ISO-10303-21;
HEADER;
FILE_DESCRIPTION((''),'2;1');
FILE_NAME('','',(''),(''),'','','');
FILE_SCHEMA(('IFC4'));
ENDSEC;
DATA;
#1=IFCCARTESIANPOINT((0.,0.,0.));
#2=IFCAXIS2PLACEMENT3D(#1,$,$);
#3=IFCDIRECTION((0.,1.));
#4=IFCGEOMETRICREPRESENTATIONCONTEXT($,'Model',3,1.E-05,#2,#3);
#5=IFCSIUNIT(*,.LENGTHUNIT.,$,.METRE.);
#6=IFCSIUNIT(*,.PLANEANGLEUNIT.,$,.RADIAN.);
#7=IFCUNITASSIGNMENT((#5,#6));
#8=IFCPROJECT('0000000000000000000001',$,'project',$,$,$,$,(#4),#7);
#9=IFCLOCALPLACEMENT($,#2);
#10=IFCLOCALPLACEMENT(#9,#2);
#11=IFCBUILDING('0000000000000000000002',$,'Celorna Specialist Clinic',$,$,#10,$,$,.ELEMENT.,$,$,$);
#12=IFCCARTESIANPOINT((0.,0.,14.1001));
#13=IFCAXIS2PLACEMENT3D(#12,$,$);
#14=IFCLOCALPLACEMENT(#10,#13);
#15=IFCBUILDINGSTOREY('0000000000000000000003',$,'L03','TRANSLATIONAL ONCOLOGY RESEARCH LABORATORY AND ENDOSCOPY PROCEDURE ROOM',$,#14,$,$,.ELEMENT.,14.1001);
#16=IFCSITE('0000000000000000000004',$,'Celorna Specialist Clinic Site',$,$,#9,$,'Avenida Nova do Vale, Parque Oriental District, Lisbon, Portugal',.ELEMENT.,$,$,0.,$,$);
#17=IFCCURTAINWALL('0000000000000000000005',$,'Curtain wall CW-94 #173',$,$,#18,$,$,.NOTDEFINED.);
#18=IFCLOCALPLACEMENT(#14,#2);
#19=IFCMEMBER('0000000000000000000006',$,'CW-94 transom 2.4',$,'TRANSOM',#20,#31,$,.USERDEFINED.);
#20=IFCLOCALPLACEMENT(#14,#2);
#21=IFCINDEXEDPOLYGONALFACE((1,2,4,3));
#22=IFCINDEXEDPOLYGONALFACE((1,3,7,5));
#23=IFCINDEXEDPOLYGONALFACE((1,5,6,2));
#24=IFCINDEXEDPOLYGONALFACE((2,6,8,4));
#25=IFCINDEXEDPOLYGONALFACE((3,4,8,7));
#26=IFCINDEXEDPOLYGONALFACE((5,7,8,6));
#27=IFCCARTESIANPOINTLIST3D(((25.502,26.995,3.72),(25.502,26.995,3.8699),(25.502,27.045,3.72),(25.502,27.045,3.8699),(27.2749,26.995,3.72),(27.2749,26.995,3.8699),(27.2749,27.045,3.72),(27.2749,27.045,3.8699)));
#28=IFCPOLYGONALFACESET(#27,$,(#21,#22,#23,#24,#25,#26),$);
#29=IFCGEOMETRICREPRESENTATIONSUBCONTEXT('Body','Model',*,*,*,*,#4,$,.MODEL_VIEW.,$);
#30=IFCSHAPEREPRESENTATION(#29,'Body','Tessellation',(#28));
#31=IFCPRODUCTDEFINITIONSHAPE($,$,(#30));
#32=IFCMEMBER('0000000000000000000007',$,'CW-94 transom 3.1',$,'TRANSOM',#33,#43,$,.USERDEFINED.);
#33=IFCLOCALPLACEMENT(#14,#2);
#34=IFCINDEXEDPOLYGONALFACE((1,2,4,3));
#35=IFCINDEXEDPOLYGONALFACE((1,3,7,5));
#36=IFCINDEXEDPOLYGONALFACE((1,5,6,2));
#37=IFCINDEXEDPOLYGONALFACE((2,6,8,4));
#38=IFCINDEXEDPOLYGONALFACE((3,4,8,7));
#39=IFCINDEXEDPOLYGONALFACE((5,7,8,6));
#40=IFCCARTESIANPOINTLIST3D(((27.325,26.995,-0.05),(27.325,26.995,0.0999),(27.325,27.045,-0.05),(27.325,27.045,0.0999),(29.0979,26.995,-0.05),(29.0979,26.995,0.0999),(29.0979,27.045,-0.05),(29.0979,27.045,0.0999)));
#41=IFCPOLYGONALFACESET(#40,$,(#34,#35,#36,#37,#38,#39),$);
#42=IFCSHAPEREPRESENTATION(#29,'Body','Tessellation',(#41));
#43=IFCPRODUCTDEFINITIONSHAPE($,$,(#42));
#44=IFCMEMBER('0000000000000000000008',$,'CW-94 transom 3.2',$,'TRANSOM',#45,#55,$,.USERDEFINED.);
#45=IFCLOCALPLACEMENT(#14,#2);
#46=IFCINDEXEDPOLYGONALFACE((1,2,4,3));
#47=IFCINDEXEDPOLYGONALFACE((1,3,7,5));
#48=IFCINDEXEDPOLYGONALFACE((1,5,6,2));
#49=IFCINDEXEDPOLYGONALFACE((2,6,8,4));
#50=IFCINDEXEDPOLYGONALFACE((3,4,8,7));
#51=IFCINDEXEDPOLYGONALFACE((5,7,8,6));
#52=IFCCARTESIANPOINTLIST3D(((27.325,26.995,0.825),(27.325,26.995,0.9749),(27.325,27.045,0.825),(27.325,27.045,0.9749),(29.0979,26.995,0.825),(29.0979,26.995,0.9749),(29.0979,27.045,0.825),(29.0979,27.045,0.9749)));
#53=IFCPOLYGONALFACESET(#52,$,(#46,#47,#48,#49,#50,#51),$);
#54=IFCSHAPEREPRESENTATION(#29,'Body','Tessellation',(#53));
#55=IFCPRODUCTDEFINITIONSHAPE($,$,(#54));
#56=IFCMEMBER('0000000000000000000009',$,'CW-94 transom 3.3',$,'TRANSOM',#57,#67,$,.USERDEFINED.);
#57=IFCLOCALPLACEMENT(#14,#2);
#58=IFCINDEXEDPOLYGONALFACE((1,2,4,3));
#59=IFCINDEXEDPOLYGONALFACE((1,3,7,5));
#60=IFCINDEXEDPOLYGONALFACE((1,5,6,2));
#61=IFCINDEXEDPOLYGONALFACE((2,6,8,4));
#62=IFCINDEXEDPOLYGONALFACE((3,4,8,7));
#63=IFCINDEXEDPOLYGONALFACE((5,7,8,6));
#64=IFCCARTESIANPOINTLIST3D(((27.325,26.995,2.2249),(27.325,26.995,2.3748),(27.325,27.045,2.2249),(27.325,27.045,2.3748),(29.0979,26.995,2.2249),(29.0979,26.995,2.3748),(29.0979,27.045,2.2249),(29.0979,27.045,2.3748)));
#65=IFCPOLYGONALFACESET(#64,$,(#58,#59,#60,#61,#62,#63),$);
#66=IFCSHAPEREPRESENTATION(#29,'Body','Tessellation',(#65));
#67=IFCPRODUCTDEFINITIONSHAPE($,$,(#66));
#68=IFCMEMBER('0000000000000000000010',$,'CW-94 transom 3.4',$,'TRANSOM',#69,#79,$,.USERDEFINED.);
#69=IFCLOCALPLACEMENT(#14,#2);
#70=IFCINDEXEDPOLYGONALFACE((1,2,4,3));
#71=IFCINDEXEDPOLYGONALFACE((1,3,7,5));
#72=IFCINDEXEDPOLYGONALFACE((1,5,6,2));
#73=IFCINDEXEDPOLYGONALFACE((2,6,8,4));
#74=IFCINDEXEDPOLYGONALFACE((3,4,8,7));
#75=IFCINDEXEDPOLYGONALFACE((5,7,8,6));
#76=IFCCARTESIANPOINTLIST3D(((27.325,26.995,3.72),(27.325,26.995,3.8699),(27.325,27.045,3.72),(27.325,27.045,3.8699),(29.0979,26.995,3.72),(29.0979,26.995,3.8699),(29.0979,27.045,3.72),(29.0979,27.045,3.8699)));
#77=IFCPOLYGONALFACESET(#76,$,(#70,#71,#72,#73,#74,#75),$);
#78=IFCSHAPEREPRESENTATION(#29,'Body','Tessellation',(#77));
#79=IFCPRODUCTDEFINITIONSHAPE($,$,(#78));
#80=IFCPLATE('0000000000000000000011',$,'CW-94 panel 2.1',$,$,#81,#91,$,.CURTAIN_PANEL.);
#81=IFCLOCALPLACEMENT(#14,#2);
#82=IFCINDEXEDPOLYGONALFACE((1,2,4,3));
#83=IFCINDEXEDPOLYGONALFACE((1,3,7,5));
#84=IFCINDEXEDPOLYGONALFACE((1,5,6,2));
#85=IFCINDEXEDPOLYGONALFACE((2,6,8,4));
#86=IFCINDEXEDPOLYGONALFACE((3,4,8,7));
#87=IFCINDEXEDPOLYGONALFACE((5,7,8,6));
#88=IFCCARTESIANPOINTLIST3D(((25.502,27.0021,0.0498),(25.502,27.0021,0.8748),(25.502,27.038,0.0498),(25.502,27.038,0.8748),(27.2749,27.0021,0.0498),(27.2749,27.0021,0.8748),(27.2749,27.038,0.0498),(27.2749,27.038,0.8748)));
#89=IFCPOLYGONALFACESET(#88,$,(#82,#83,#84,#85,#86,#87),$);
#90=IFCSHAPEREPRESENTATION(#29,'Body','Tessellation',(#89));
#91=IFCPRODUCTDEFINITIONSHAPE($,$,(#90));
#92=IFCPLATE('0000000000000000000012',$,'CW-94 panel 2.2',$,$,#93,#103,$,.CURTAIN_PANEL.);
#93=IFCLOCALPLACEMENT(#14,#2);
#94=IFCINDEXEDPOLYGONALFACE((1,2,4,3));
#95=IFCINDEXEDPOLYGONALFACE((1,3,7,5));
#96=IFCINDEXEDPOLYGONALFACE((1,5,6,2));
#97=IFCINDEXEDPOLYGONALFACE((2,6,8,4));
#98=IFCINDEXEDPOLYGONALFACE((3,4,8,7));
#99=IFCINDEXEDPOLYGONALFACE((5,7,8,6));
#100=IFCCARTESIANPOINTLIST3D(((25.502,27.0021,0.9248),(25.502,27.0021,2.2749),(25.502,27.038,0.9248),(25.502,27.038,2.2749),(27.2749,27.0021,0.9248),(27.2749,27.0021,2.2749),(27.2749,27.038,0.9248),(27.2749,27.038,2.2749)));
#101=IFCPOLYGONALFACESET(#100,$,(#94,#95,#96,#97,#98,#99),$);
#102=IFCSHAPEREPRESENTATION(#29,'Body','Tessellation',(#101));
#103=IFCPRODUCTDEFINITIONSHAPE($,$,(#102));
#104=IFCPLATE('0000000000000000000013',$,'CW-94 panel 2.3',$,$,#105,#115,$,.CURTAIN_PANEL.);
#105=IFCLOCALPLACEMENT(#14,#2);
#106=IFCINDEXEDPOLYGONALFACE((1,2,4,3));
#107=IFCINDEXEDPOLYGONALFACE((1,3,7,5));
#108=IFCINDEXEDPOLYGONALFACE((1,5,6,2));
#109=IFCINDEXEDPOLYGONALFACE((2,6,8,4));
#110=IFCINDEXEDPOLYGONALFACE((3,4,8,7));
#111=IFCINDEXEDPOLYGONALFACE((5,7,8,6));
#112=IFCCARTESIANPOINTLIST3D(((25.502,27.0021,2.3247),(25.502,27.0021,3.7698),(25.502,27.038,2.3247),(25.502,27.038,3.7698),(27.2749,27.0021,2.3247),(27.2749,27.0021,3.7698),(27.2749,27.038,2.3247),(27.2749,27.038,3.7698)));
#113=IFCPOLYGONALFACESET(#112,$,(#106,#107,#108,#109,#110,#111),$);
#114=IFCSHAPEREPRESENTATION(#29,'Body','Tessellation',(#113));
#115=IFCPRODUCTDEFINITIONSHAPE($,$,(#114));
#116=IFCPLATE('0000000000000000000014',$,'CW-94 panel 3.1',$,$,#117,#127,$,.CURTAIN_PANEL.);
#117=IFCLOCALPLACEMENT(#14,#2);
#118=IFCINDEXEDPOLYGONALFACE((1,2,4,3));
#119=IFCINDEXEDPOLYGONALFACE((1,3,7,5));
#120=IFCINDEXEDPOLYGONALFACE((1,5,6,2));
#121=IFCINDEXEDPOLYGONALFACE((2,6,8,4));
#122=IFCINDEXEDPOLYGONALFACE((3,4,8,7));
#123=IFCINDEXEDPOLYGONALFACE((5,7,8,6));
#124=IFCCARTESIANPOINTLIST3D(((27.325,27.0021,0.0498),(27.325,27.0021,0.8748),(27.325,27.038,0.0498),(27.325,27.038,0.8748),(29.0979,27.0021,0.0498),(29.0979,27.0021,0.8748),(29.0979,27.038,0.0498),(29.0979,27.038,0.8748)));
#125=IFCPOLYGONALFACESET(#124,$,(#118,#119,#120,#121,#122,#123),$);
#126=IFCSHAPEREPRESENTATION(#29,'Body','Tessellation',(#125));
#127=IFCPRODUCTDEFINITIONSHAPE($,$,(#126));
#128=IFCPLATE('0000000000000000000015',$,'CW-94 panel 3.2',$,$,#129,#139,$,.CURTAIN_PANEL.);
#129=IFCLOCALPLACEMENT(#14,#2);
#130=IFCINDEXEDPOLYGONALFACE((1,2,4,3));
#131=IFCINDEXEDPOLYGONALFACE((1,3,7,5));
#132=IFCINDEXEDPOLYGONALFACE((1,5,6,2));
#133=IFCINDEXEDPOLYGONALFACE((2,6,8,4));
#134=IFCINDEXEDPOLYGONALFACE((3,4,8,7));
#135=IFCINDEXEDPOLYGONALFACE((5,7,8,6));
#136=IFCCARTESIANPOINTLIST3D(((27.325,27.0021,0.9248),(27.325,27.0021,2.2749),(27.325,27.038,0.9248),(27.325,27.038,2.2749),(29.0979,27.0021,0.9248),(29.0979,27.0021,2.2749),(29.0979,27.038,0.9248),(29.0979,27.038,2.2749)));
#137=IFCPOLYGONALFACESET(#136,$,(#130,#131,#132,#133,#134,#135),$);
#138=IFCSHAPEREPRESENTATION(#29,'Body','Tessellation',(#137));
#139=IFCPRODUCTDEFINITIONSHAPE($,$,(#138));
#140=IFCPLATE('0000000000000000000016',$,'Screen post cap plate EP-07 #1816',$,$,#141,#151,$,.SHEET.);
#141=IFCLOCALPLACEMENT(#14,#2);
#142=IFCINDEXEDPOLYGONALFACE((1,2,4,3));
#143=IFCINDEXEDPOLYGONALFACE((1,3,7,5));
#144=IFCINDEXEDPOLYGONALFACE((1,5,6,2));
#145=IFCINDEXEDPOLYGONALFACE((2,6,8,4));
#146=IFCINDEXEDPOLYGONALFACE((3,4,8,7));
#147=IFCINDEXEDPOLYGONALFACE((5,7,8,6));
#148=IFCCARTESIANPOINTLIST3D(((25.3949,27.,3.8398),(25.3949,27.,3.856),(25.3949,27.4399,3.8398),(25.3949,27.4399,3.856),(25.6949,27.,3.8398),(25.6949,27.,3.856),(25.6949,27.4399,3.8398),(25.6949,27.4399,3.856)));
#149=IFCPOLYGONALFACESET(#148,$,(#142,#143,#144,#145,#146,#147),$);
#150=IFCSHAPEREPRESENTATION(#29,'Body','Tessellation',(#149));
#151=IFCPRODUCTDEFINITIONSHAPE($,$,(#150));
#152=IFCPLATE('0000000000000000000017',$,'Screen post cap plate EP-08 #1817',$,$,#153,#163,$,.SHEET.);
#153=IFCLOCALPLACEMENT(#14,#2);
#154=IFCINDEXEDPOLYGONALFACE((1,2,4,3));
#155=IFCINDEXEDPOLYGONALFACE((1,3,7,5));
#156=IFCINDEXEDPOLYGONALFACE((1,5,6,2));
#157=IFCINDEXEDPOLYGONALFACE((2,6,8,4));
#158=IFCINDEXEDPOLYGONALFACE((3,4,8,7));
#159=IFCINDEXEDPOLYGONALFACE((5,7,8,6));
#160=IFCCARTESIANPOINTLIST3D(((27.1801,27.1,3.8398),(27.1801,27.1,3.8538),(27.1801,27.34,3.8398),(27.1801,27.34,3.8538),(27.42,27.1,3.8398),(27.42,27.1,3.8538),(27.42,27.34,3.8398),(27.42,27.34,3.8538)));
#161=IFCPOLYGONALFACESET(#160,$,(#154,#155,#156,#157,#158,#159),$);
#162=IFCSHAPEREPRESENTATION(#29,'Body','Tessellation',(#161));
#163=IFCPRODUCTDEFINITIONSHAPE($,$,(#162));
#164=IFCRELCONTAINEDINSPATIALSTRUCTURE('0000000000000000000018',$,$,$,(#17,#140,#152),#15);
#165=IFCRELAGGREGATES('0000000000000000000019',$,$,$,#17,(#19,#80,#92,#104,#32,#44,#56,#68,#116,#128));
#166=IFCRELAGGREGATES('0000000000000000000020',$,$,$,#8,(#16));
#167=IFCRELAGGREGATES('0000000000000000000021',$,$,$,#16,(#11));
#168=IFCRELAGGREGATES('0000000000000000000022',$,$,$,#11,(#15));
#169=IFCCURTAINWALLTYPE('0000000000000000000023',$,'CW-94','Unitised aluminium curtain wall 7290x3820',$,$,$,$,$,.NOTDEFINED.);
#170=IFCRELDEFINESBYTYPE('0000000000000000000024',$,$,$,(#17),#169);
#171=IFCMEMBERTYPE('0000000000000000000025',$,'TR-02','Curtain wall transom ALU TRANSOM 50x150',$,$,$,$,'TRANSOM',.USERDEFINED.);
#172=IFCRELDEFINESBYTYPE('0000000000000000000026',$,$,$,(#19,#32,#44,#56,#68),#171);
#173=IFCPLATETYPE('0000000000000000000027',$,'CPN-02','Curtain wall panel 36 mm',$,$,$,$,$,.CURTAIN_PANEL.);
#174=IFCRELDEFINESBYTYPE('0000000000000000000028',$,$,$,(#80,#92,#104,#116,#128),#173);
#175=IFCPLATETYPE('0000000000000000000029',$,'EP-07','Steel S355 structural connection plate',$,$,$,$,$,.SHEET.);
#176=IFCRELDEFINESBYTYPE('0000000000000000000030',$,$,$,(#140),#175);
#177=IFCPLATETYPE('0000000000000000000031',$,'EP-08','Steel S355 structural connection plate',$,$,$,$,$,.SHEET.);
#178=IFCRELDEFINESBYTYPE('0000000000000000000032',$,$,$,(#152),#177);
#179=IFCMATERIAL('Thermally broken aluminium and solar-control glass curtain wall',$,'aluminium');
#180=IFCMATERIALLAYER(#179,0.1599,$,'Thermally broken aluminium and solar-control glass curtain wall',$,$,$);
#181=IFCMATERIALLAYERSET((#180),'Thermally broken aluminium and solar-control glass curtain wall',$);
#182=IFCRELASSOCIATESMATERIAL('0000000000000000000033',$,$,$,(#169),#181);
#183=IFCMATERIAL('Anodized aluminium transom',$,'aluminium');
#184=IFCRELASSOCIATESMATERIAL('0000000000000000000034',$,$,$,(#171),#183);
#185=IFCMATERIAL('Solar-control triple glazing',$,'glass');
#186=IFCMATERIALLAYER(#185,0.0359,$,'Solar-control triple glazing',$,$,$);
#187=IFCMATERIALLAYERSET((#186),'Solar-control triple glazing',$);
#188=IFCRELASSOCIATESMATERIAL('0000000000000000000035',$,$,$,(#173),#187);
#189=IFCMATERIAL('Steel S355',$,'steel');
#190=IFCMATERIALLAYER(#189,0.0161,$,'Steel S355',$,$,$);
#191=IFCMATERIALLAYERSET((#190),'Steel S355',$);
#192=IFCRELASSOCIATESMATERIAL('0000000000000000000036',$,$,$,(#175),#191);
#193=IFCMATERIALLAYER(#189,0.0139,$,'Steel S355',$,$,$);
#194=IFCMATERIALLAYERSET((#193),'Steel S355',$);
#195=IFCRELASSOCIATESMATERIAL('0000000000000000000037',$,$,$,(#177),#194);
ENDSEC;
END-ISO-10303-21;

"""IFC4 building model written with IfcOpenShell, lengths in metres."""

from ifc_helpers import new_model, si_unit, direction, frame, origin, origin_2d, place, context, subcontext, project, spatial, rectangle, extrude, material, layer, layer_set, material_profile, profile_set, type_object, element, aggregate, save


model = new_model("IFC4")

# Units and contexts
model_context = context("Model", 3, precision=1e-05, world=origin(), true_north=direction((0.0, 1.0)))
body_context = subcontext(model_context, "Body", "Model", "MODEL_VIEW")
ifc_project = project(units=[si_unit("LENGTHUNIT", "METRE"), si_unit("PLANEANGLEUNIT", "RADIAN")], contexts=[model_context])

# Site, building, storey
site_placement = place(None, origin())
site = spatial("IfcSite", under=ifc_project, at=site_placement, Name="Celorna Specialist Clinic Site", LongName="Avenida Nova do Vale, Parque Oriental District, Lisbon, Portugal", CompositionType="ELEMENT", RefElevation=0.0)
building_placement = place(site_placement, origin())
building = spatial("IfcBuilding", under=site, at=building_placement, Name="Celorna Specialist Clinic", CompositionType="ELEMENT")
storey_placement = place(building_placement, frame((0.0, 0.0, 14.1001)))
storey = spatial("IfcBuildingStorey", under=building, at=storey_placement, Name="L03", Description="TRANSLATIONAL ONCOLOGY RESEARCH LABORATORY AND ENDOSCOPY PROCEDURE ROOM", CompositionType="ELEMENT", Elevation=14.1001)

# Shared definitions
ifc_material_1 = material(Name="Steel S355", Category="steel")

# Curtain wall, members, plates
ifc_material_2 = material(Name="Thermally broken aluminium and solar-control glass curtain wall", Category="aluminium")
ifc_layer_1 = layer(ifc_material_2, 0.1599, Name="Thermally broken aluminium and solar-control glass curtain wall")
ifc_layer_set_1 = layer_set([ifc_layer_1], Name="Thermally broken aluminium and solar-control glass curtain wall")
curtain_wall_type = type_object("IfcCurtainWallType", Name="CW-94", Description="Unitised aluminium curtain wall 7290x3820", PredefinedType="NOTDEFINED", material=ifc_layer_set_1)
curtain_wall_placement = place(storey_placement, origin())
curtain_wall = element("IfcCurtainWall", 1, at=curtain_wall_placement, inside=storey, type_object=curtain_wall_type, Name="Curtain wall CW-94 #173", PredefinedType="NOTDEFINED")
ifc_material_3 = material(Name="Anodized aluminium transom", Category="aluminium")
ifc_material_profile_1 = material_profile(ifc_material_3, rectangle(XDim=0.05, YDim=0.1499, at=origin_2d()), Name="ALU TRANSOM 50x150")
ifc_profile_set_1 = profile_set([ifc_material_profile_1], Name="Anodized aluminium transom")
member_type_1 = type_object("IfcMemberType", Name="TR-02", Description="Curtain wall transom ALU TRANSOM 50x150", ElementType="TRANSOM", PredefinedType="USERDEFINED", material=ifc_profile_set_1)
member_1_placement = place(storey_placement, frame((25.502, 27.02, 3.7949), z_axis=(1.0, 0.0, 0.0), x_axis=(0.0, 1.0, 0.0)))
member_1 = element("IfcMember", 2, at=member_1_placement, type_object=member_type_1, Name="CW-94 transom 2.4", ObjectType="TRANSOM", PredefinedType="USERDEFINED", context=body_context, shape_type="SweptSolid", body=[
    extrude(rectangle(XDim=0.05, YDim=0.1499, at=origin_2d()), origin(), (0.0, 0.0, 1.0), 1.7729),
])
member_2_placement = place(storey_placement, frame((27.325, 27.02, 0.0249), z_axis=(1.0, 0.0, 0.0), x_axis=(0.0, 1.0, 0.0)))
member_2 = element("IfcMember", 3, at=member_2_placement, type_object=member_type_1, Name="CW-94 transom 3.1", ObjectType="TRANSOM", PredefinedType="USERDEFINED", context=body_context, shape_type="SweptSolid", body=[
    extrude(rectangle(XDim=0.05, YDim=0.1499, at=origin_2d()), origin(), (0.0, 0.0, 1.0), 1.7729),
])
member_3_placement = place(storey_placement, frame((27.325, 27.02, 0.8999), z_axis=(1.0, 0.0, 0.0), x_axis=(0.0, 1.0, 0.0)))
member_3 = element("IfcMember", 4, at=member_3_placement, type_object=member_type_1, Name="CW-94 transom 3.2", ObjectType="TRANSOM", PredefinedType="USERDEFINED", context=body_context, shape_type="SweptSolid", body=[
    extrude(rectangle(XDim=0.05, YDim=0.1499, at=origin_2d()), origin(), (0.0, 0.0, 1.0), 1.7729),
])
member_4_placement = place(storey_placement, frame((27.325, 27.02, 2.2998), z_axis=(1.0, 0.0, 0.0), x_axis=(0.0, 1.0, 0.0)))
member_4 = element("IfcMember", 5, at=member_4_placement, type_object=member_type_1, Name="CW-94 transom 3.3", ObjectType="TRANSOM", PredefinedType="USERDEFINED", context=body_context, shape_type="SweptSolid", body=[
    extrude(rectangle(XDim=0.05, YDim=0.1499, at=origin_2d()), origin(), (0.0, 0.0, 1.0), 1.7729),
])
member_5_placement = place(storey_placement, frame((27.325, 27.02, 3.7949), z_axis=(1.0, 0.0, 0.0), x_axis=(0.0, 1.0, 0.0)))
member_5 = element("IfcMember", 6, at=member_5_placement, type_object=member_type_1, Name="CW-94 transom 3.4", ObjectType="TRANSOM", PredefinedType="USERDEFINED", context=body_context, shape_type="SweptSolid", body=[
    extrude(rectangle(XDim=0.05, YDim=0.1499, at=origin_2d()), origin(), (0.0, 0.0, 1.0), 1.7729),
])
ifc_material_4 = material(Name="Solar-control triple glazing", Category="glass")
ifc_layer_2 = layer(ifc_material_4, 0.0359, Name="Solar-control triple glazing")
ifc_layer_set_2 = layer_set([ifc_layer_2], Name="Solar-control triple glazing")
plate_type_1 = type_object("IfcPlateType", Name="CPN-02", Description="Curtain wall panel 36 mm", PredefinedType="CURTAIN_PANEL", material=ifc_layer_set_2)
plate_1_placement = place(storey_placement, frame((26.3884, 27.02, 0.0498), z_axis=(0.0, 0.0, 1.0), x_axis=(1.0, 0.0, 0.0)))
plate_1 = element("IfcPlate", 7, at=plate_1_placement, type_object=plate_type_1, Name="CW-94 panel 2.1", PredefinedType="CURTAIN_PANEL", context=body_context, shape_type="SweptSolid", body=[
    extrude(rectangle(XDim=1.7729, YDim=0.0359, at=origin_2d()), origin(), (0.0, 0.0, 1.0), 0.825),
])
plate_2_placement = place(storey_placement, frame((26.3884, 27.02, 0.9248), z_axis=(0.0, 0.0, 1.0), x_axis=(1.0, 0.0, 0.0)))
plate_2 = element("IfcPlate", 8, at=plate_2_placement, type_object=plate_type_1, Name="CW-94 panel 2.2", PredefinedType="CURTAIN_PANEL", context=body_context, shape_type="SweptSolid", body=[
    extrude(rectangle(XDim=1.7729, YDim=0.0359, at=origin_2d()), origin(), (0.0, 0.0, 1.0), 1.3501),
])
plate_3_placement = place(storey_placement, frame((26.3884, 27.02, 2.3247), z_axis=(0.0, 0.0, 1.0), x_axis=(1.0, 0.0, 0.0)))
plate_3 = element("IfcPlate", 9, at=plate_3_placement, type_object=plate_type_1, Name="CW-94 panel 2.3", PredefinedType="CURTAIN_PANEL", context=body_context, shape_type="SweptSolid", body=[
    extrude(rectangle(XDim=1.7729, YDim=0.0359, at=origin_2d()), origin(), (0.0, 0.0, 1.0), 1.4451),
])
plate_4_placement = place(storey_placement, frame((28.2114, 27.02, 0.0498), z_axis=(0.0, 0.0, 1.0), x_axis=(1.0, 0.0, 0.0)))
plate_4 = element("IfcPlate", 10, at=plate_4_placement, type_object=plate_type_1, Name="CW-94 panel 3.1", PredefinedType="CURTAIN_PANEL", context=body_context, shape_type="SweptSolid", body=[
    extrude(rectangle(XDim=1.7729, YDim=0.0359, at=origin_2d()), origin(), (0.0, 0.0, 1.0), 0.825),
])
plate_5_placement = place(storey_placement, frame((28.2114, 27.02, 0.9248), z_axis=(0.0, 0.0, 1.0), x_axis=(1.0, 0.0, 0.0)))
plate_5 = element("IfcPlate", 11, at=plate_5_placement, type_object=plate_type_1, Name="CW-94 panel 3.2", PredefinedType="CURTAIN_PANEL", context=body_context, shape_type="SweptSolid", body=[
    extrude(rectangle(XDim=1.7729, YDim=0.0359, at=origin_2d()), origin(), (0.0, 0.0, 1.0), 1.3501),
])
aggregate(curtain_wall, [member_1, plate_1, plate_2, plate_3, member_2, member_3, member_4, member_5, plate_4, plate_5])

# Plates
ifc_layer_3 = layer(ifc_material_1, 0.0161, Name="Steel S355")
ifc_layer_set_3 = layer_set([ifc_layer_3], Name="Steel S355")
plate_type_2 = type_object("IfcPlateType", Name="EP-07", Description="Steel S355 structural connection plate", PredefinedType="SHEET", material=ifc_layer_set_3)
plate_6_placement = place(storey_placement, frame((25.5449, 27.22, 3.8398), z_axis=(0.0, 0.0, 1.0), x_axis=(1.0, 0.0, 0.0)))
element("IfcPlate", 12, at=plate_6_placement, inside=storey, type_object=plate_type_2, Name="Screen post cap plate EP-07 #1816", PredefinedType="SHEET", context=body_context, shape_type="SweptSolid", body=[
    extrude(rectangle(XDim=0.3, YDim=0.4399, at=origin_2d()), origin(), (0.0, 0.0, 1.0), 0.0161),
])
ifc_layer_4 = layer(ifc_material_1, 0.0139, Name="Steel S355")
ifc_layer_set_4 = layer_set([ifc_layer_4], Name="Steel S355")
plate_type_3 = type_object("IfcPlateType", Name="EP-08", Description="Steel S355 structural connection plate", PredefinedType="SHEET", material=ifc_layer_set_4)
plate_7_placement = place(storey_placement, frame((27.3, 27.22, 3.8398), z_axis=(0.0, 0.0, 1.0), x_axis=(1.0, 0.0, 0.0)))
element("IfcPlate", 13, at=plate_7_placement, inside=storey, type_object=plate_type_3, Name="Screen post cap plate EP-08 #1817", PredefinedType="SHEET", context=body_context, shape_type="SweptSolid", body=[
    extrude(rectangle(XDim=0.24, YDim=0.24, at=origin_2d()), origin(), (0.0, 0.0, 1.0), 0.0139),
])

save(model, "model.ifc")
